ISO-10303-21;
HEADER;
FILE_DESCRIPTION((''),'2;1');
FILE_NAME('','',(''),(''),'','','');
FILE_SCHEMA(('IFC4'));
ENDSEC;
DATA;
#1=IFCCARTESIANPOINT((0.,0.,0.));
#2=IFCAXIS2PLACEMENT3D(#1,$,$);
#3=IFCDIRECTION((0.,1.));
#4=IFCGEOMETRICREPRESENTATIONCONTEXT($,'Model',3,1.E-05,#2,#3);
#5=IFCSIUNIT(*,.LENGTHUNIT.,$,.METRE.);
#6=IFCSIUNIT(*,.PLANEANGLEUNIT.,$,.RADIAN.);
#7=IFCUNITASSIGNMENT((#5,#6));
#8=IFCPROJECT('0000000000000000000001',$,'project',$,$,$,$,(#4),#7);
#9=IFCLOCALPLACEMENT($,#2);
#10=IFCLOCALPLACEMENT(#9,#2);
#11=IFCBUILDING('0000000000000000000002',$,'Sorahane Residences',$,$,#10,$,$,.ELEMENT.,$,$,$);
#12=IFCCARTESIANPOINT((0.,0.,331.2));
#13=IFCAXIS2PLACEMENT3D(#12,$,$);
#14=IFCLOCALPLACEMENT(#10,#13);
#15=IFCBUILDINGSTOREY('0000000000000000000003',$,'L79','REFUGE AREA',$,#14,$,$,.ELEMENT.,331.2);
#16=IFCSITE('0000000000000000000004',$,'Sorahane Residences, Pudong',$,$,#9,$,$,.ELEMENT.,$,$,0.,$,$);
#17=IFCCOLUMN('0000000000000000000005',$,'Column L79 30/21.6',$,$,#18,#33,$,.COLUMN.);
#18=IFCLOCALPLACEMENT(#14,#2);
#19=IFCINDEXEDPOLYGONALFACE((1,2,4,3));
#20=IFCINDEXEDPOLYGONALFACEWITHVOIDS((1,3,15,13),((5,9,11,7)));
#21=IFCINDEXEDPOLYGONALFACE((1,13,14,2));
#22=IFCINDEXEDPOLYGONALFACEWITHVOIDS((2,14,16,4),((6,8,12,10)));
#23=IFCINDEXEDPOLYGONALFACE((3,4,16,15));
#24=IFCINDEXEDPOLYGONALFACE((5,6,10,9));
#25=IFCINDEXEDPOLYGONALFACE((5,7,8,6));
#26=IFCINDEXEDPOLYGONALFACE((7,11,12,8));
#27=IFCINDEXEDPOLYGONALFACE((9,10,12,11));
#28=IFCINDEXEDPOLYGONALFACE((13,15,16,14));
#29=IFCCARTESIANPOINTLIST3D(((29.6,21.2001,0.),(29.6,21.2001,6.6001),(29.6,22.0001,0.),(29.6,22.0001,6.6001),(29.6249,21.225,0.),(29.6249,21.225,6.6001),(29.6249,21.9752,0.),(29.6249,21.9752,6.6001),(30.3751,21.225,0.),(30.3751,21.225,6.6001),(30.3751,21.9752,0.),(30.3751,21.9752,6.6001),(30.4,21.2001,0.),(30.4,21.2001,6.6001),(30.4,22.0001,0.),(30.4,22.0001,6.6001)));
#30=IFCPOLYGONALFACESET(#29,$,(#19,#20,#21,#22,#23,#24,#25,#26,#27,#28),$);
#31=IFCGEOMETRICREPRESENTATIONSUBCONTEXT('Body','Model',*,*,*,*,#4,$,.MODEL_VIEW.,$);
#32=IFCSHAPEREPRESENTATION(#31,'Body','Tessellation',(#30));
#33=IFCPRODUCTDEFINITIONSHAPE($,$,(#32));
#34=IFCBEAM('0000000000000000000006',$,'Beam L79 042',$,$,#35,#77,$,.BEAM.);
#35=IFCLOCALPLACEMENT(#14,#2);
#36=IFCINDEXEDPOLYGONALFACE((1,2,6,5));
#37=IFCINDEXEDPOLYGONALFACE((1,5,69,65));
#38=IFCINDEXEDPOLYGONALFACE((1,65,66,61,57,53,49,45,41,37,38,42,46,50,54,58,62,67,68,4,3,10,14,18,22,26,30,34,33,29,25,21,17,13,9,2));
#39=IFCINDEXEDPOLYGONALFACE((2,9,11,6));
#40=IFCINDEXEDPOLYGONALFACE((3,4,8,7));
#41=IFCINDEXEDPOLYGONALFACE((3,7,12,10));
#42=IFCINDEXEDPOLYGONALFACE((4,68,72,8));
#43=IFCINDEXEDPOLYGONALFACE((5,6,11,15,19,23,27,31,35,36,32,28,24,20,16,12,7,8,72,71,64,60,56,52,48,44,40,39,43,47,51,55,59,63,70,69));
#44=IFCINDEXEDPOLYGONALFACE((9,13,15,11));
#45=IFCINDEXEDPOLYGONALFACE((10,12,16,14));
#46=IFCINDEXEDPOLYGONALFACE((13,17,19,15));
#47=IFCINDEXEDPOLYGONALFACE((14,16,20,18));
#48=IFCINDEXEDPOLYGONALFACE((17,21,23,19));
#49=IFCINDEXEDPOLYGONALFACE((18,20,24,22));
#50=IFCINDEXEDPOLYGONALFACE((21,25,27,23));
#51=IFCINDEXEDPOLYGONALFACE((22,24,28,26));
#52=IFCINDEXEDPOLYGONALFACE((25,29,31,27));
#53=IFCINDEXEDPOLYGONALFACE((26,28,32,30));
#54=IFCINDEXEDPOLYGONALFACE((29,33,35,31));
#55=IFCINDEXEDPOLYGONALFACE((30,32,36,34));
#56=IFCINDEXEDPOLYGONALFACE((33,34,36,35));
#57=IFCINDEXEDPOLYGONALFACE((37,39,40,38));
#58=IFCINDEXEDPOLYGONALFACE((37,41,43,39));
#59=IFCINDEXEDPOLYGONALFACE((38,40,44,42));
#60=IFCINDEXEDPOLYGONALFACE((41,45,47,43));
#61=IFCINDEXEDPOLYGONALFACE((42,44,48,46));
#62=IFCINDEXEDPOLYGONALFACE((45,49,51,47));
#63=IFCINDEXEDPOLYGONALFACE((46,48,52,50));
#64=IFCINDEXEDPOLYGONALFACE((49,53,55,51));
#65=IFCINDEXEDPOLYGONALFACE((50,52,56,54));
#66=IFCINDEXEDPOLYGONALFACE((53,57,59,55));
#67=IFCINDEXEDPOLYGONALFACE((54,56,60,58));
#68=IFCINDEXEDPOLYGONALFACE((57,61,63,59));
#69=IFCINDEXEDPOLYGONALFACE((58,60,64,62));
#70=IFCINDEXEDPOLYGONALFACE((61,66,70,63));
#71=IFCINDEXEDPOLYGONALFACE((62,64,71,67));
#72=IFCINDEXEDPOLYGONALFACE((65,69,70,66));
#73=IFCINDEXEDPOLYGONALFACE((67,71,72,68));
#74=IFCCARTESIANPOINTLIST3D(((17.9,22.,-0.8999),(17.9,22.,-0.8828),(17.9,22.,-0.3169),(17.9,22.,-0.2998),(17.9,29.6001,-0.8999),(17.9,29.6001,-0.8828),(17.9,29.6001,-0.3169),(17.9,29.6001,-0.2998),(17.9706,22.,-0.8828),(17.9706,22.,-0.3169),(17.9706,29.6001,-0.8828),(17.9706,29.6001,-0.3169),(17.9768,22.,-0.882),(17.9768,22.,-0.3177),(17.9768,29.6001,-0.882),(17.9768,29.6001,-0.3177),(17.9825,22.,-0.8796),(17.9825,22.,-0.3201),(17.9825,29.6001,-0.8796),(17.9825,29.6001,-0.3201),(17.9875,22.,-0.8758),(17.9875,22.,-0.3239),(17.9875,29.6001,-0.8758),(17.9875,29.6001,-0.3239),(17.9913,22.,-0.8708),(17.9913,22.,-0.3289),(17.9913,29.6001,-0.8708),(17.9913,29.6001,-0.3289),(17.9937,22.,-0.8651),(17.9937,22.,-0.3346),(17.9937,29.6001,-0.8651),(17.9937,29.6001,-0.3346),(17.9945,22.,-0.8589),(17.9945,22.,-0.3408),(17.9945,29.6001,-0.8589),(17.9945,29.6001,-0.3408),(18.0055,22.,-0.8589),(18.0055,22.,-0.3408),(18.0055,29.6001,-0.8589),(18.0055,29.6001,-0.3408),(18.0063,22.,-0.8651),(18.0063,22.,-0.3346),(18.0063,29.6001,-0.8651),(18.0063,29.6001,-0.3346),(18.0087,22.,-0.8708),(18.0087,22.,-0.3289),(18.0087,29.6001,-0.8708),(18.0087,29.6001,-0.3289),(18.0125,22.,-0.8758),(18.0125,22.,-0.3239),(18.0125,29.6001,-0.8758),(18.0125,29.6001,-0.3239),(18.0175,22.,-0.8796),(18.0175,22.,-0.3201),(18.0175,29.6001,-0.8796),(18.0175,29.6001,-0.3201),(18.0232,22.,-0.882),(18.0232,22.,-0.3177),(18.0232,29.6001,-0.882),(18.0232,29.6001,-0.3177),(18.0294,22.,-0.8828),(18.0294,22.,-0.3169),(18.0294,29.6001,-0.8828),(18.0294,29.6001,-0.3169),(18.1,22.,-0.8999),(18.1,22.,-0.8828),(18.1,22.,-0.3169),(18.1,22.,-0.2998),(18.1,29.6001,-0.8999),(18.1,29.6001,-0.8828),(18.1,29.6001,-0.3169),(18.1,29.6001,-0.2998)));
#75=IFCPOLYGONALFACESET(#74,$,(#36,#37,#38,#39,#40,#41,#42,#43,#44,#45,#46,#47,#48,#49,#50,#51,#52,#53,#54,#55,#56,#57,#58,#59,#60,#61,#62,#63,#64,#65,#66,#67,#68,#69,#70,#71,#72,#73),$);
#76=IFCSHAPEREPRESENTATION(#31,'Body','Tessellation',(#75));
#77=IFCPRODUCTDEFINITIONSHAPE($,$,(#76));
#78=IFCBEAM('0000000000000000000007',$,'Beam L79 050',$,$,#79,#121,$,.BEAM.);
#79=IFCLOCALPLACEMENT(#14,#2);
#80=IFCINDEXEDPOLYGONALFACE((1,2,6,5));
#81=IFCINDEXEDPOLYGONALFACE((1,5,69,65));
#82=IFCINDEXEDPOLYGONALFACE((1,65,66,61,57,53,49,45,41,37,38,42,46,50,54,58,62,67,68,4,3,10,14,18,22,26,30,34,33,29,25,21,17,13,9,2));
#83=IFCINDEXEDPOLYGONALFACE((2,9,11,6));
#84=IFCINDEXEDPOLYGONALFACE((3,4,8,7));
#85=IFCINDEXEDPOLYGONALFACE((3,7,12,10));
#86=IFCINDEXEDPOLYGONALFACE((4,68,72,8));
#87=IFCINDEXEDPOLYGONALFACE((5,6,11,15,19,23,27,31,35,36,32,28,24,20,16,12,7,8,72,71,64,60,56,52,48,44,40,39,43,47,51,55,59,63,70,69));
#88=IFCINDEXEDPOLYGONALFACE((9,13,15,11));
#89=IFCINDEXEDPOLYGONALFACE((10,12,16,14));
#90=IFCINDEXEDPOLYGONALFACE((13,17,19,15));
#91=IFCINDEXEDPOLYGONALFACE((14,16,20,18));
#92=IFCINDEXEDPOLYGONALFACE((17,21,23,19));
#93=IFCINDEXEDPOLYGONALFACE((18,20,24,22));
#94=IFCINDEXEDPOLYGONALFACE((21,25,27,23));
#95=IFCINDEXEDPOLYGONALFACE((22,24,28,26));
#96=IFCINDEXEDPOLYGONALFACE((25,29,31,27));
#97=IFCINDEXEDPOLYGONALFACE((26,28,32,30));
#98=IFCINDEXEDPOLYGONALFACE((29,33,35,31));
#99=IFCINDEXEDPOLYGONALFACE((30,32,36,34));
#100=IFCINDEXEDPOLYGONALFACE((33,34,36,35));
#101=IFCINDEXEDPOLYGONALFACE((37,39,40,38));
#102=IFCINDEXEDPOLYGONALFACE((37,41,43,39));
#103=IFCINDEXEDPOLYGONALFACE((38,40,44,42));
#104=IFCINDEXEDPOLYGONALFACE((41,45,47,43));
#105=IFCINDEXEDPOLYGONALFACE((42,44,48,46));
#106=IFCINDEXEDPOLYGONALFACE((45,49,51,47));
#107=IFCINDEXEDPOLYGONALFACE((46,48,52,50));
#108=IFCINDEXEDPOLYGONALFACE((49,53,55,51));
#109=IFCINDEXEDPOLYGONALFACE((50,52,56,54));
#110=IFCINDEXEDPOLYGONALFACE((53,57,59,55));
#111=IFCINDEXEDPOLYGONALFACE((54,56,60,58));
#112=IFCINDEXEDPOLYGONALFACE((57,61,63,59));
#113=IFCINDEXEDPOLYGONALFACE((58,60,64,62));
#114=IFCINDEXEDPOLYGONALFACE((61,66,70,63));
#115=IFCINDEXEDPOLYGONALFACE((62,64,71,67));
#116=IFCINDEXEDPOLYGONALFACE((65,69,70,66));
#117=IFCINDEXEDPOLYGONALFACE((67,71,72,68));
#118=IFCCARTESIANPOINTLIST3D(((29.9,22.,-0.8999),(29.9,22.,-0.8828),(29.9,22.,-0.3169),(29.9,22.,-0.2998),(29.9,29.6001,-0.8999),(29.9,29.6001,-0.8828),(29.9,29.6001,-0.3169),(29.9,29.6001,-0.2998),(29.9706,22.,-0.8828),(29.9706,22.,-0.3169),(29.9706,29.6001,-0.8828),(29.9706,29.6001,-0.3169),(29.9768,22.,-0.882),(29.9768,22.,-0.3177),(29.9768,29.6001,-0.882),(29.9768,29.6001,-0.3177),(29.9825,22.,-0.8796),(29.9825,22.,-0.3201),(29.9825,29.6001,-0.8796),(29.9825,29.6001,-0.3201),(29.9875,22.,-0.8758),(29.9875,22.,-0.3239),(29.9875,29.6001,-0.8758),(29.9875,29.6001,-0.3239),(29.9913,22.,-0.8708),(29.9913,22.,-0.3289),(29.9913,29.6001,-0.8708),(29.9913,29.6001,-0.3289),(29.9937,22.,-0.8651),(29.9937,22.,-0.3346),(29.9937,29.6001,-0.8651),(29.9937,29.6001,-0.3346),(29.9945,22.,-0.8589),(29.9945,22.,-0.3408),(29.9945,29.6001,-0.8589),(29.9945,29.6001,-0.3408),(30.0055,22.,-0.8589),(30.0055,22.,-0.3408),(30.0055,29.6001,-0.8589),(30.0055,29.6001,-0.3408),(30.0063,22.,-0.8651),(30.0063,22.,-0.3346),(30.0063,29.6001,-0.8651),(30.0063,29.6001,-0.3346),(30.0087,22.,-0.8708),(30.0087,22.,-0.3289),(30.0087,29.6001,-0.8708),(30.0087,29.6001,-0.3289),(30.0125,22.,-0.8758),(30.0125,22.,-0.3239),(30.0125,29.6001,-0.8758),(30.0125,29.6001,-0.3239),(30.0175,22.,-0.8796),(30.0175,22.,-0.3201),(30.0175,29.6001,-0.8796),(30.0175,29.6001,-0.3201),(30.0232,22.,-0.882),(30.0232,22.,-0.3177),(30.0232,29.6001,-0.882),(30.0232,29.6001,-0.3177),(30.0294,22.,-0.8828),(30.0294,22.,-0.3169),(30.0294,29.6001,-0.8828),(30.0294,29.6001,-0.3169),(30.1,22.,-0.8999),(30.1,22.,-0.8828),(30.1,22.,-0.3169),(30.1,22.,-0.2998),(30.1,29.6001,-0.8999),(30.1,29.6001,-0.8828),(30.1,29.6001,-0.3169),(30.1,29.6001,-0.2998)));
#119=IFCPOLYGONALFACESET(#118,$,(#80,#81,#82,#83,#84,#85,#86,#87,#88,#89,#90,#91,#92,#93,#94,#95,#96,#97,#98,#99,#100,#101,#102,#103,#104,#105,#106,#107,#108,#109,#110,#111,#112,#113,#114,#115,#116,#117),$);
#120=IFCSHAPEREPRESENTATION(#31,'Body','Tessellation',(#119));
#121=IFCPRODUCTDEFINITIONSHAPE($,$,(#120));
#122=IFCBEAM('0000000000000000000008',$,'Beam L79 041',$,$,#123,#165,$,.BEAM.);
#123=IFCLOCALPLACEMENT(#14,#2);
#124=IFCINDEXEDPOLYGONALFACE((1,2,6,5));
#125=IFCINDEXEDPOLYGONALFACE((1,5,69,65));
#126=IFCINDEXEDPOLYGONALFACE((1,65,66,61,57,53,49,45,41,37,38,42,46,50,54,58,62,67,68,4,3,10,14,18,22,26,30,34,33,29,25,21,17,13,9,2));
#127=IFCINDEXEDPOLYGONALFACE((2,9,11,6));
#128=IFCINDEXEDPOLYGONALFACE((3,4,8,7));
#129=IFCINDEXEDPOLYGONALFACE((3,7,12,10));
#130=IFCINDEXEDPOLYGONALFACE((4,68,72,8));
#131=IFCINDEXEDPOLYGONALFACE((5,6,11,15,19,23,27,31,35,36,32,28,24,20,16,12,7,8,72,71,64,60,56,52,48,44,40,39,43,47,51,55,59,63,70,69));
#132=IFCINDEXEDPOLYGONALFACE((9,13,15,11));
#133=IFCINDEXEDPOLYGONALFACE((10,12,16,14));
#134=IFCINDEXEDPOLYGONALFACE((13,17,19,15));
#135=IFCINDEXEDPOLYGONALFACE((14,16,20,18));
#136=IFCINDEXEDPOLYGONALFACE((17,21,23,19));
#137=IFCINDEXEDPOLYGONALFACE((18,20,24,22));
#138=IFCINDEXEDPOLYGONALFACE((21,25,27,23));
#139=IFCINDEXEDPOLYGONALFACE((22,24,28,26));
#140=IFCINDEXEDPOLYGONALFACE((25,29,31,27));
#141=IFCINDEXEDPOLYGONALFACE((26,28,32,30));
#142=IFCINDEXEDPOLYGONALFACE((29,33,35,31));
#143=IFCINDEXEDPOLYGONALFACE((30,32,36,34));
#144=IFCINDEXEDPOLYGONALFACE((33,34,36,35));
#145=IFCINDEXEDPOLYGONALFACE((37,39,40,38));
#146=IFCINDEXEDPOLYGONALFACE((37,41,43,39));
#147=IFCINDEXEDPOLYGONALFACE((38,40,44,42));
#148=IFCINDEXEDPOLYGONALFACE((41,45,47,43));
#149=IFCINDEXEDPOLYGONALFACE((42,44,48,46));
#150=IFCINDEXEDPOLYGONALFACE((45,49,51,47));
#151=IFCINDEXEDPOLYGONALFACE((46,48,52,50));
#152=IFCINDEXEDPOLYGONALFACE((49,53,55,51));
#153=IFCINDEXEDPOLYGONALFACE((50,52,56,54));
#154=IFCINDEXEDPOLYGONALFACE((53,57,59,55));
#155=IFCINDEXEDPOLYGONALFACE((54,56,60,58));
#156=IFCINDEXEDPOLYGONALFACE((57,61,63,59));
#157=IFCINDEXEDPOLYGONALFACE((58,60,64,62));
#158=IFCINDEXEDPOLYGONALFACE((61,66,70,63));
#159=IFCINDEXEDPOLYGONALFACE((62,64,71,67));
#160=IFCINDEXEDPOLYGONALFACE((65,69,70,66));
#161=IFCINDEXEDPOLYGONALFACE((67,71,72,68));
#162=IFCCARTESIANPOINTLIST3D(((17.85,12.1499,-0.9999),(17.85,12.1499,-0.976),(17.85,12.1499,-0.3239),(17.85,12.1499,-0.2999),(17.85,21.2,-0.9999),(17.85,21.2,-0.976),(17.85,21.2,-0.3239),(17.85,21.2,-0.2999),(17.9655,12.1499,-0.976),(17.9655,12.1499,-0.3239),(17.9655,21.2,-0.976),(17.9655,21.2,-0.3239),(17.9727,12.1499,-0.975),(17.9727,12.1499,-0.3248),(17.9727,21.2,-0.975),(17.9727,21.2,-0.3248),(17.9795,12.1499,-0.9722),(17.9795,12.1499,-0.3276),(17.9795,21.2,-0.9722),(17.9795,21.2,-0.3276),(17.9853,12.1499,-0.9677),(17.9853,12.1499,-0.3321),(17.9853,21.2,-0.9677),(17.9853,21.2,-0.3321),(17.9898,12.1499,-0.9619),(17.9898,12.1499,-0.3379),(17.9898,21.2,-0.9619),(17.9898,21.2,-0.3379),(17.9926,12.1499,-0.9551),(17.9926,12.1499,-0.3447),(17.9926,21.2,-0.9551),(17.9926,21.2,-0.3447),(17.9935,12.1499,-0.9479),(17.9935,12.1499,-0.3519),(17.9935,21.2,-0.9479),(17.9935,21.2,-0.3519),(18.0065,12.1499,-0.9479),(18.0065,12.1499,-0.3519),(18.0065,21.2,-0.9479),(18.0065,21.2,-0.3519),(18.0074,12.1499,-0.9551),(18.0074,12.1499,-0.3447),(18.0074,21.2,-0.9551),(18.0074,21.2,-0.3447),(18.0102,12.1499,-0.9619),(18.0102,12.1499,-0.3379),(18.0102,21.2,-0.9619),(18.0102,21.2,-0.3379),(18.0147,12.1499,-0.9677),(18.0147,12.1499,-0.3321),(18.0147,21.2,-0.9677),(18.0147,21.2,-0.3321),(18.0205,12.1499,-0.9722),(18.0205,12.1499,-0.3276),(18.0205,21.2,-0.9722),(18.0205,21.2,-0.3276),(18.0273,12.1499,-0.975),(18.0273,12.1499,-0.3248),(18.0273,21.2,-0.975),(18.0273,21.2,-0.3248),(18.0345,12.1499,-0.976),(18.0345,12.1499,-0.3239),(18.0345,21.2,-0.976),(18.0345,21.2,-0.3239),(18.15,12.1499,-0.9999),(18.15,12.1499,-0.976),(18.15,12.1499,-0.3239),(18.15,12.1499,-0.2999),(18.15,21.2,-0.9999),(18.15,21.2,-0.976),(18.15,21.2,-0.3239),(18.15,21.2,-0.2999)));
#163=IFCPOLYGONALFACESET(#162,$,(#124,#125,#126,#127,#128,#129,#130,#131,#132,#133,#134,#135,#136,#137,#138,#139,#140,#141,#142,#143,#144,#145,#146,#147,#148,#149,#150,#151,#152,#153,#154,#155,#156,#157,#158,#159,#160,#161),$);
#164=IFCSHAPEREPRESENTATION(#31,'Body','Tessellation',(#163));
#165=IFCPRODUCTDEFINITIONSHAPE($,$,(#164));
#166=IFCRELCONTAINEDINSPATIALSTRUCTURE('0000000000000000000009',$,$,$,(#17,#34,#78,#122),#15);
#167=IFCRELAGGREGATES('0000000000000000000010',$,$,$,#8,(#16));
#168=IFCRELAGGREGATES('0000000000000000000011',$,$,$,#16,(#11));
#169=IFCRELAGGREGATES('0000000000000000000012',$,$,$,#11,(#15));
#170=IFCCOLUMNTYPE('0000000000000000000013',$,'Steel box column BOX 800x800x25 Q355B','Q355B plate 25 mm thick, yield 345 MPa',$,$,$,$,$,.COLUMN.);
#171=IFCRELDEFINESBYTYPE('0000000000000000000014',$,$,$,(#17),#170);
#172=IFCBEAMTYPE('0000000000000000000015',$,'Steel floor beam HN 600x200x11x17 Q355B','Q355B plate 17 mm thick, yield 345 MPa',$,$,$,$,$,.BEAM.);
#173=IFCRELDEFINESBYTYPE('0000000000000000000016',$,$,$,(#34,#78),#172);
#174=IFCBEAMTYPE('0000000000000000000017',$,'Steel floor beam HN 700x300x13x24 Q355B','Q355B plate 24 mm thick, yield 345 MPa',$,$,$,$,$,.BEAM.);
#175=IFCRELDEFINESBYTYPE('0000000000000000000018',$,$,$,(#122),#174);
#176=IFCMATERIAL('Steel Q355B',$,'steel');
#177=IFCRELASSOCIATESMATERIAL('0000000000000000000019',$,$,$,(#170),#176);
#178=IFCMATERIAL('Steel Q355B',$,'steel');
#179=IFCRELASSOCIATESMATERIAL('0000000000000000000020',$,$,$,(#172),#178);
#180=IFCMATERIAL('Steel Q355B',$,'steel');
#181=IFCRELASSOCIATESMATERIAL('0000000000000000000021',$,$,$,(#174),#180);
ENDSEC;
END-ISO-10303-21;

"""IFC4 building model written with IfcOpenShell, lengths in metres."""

from ifc_helpers import new_model, si_unit, direction, frame, origin, origin_2d, place, context, subcontext, project, spatial, hollow_rectangle, i_section, extrude, material, material_profile, profile_set, type_object, element, save


model = new_model("IFC4")

# Units and contexts
model_context = context("Model", 3, precision=1e-05, world=origin(), true_north=direction((0.0, 1.0)))
body_context = subcontext(model_context, "Body", "Model", "MODEL_VIEW")
ifc_project = project(units=[si_unit("LENGTHUNIT", "METRE"), si_unit("PLANEANGLEUNIT", "RADIAN")], contexts=[model_context])

# Site, building, storey
site_placement = place(None, origin())
site = spatial("IfcSite", under=ifc_project, at=site_placement, Name="Sorahane Residences, Pudong", CompositionType="ELEMENT", RefElevation=0.0)
building_placement = place(site_placement, origin())
building = spatial("IfcBuilding", under=site, at=building_placement, Name="Sorahane Residences", CompositionType="ELEMENT")
storey_placement = place(building_placement, frame((0.0, 0.0, 331.2)))
storey = spatial("IfcBuildingStorey", under=building, at=storey_placement, Name="L79", Description="REFUGE AREA", CompositionType="ELEMENT", Elevation=331.2)

# Column
ifc_material_1 = material(Name="Steel Q355B", Category="steel")
ifc_material_profile_1 = material_profile(ifc_material_1, hollow_rectangle(XDim=0.8, YDim=0.8, WallThickness=0.0249, at=origin_2d()), Name="BOX 800x800x25")
ifc_profile_set_1 = profile_set([ifc_material_profile_1], Name="Steel Q355B")
column_type = type_object("IfcColumnType", Name="Steel box column BOX 800x800x25 Q355B", Description="Q355B plate 25 mm thick, yield 345 MPa", PredefinedType="COLUMN", material=ifc_profile_set_1)
column_placement = place(storey_placement, frame((30.0, 21.6001, 0.0), z_axis=(0.0, 0.0, 1.0), x_axis=(1.0, 0.0, 0.0)))
element("IfcColumn", 1, at=column_placement, inside=storey, type_object=column_type, Name="Column L79 30/21.6", PredefinedType="COLUMN", context=body_context, shape_type="SweptSolid", body=[
    extrude(hollow_rectangle(XDim=0.8, YDim=0.8, WallThickness=0.0249, at=origin_2d()), origin(), (0.0, 0.0, 1.0), 6.6001),
])

# Beams
ifc_material_2 = material(Name="Steel Q355B", Category="steel")
ifc_material_profile_2 = material_profile(ifc_material_2, i_section(OverallWidth=0.2, OverallDepth=0.6001, WebThickness=0.011, FlangeThickness=0.0171, FilletRadius=0.0239, at=origin_2d()), Name="HN 600x200x11x17")
ifc_profile_set_2 = profile_set([ifc_material_profile_2], Name="Steel Q355B")
beam_type_1 = type_object("IfcBeamType", Name="Steel floor beam HN 600x200x11x17 Q355B", Description="Q355B plate 17 mm thick, yield 345 MPa", PredefinedType="BEAM", material=ifc_profile_set_2)
for number, where, z_axis, x_axis, name in (
    (2, (18.0, 22.0, -0.5999), (0.0, 1.0, 0.0), (-1.0, 0.0, 0.0), "Beam L79 042"),
    (3, (30.0, 22.0, -0.5999), (0.0, 1.0, 0.0), (-1.0, 0.0, 0.0), "Beam L79 050"),
):
    element("IfcBeam", number, at=place(storey_placement, frame(where, z_axis=z_axis, x_axis=x_axis)), inside=storey, type_object=beam_type_1, Name=name, PredefinedType="BEAM", context=body_context, shape_type="SweptSolid", body=[
        extrude(i_section(OverallWidth=0.2, OverallDepth=0.6001, WebThickness=0.011, FlangeThickness=0.0171, FilletRadius=0.0239, at=origin_2d()), origin(), (0.0, 0.0, 1.0), 7.6001),
    ])
ifc_material_3 = material(Name="Steel Q355B", Category="steel")
ifc_material_profile_3 = material_profile(ifc_material_3, i_section(OverallWidth=0.3, OverallDepth=0.7, WebThickness=0.0129, FlangeThickness=0.0239, FilletRadius=0.0281, at=origin_2d()), Name="HN 700x300x13x24")
ifc_profile_set_3 = profile_set([ifc_material_profile_3], Name="Steel Q355B")
beam_type_2 = type_object("IfcBeamType", Name="Steel floor beam HN 700x300x13x24 Q355B", Description="Q355B plate 24 mm thick, yield 345 MPa", PredefinedType="BEAM", material=ifc_profile_set_3)
for number, where, z_axis, x_axis, name in (
    (4, (18.0, 12.1499, -0.6499), (0.0, 1.0, 0.0), (-1.0, 0.0, 0.0), "Beam L79 041"),
):
    element("IfcBeam", number, at=place(storey_placement, frame(where, z_axis=z_axis, x_axis=x_axis)), inside=storey, type_object=beam_type_2, Name=name, PredefinedType="BEAM", context=body_context, shape_type="SweptSolid", body=[
        extrude(i_section(OverallWidth=0.3, OverallDepth=0.7, WebThickness=0.0129, FlangeThickness=0.0239, FilletRadius=0.0281, at=origin_2d()), origin(), (0.0, 0.0, 1.0), 9.05),
    ])

save(model, "model.ifc")
